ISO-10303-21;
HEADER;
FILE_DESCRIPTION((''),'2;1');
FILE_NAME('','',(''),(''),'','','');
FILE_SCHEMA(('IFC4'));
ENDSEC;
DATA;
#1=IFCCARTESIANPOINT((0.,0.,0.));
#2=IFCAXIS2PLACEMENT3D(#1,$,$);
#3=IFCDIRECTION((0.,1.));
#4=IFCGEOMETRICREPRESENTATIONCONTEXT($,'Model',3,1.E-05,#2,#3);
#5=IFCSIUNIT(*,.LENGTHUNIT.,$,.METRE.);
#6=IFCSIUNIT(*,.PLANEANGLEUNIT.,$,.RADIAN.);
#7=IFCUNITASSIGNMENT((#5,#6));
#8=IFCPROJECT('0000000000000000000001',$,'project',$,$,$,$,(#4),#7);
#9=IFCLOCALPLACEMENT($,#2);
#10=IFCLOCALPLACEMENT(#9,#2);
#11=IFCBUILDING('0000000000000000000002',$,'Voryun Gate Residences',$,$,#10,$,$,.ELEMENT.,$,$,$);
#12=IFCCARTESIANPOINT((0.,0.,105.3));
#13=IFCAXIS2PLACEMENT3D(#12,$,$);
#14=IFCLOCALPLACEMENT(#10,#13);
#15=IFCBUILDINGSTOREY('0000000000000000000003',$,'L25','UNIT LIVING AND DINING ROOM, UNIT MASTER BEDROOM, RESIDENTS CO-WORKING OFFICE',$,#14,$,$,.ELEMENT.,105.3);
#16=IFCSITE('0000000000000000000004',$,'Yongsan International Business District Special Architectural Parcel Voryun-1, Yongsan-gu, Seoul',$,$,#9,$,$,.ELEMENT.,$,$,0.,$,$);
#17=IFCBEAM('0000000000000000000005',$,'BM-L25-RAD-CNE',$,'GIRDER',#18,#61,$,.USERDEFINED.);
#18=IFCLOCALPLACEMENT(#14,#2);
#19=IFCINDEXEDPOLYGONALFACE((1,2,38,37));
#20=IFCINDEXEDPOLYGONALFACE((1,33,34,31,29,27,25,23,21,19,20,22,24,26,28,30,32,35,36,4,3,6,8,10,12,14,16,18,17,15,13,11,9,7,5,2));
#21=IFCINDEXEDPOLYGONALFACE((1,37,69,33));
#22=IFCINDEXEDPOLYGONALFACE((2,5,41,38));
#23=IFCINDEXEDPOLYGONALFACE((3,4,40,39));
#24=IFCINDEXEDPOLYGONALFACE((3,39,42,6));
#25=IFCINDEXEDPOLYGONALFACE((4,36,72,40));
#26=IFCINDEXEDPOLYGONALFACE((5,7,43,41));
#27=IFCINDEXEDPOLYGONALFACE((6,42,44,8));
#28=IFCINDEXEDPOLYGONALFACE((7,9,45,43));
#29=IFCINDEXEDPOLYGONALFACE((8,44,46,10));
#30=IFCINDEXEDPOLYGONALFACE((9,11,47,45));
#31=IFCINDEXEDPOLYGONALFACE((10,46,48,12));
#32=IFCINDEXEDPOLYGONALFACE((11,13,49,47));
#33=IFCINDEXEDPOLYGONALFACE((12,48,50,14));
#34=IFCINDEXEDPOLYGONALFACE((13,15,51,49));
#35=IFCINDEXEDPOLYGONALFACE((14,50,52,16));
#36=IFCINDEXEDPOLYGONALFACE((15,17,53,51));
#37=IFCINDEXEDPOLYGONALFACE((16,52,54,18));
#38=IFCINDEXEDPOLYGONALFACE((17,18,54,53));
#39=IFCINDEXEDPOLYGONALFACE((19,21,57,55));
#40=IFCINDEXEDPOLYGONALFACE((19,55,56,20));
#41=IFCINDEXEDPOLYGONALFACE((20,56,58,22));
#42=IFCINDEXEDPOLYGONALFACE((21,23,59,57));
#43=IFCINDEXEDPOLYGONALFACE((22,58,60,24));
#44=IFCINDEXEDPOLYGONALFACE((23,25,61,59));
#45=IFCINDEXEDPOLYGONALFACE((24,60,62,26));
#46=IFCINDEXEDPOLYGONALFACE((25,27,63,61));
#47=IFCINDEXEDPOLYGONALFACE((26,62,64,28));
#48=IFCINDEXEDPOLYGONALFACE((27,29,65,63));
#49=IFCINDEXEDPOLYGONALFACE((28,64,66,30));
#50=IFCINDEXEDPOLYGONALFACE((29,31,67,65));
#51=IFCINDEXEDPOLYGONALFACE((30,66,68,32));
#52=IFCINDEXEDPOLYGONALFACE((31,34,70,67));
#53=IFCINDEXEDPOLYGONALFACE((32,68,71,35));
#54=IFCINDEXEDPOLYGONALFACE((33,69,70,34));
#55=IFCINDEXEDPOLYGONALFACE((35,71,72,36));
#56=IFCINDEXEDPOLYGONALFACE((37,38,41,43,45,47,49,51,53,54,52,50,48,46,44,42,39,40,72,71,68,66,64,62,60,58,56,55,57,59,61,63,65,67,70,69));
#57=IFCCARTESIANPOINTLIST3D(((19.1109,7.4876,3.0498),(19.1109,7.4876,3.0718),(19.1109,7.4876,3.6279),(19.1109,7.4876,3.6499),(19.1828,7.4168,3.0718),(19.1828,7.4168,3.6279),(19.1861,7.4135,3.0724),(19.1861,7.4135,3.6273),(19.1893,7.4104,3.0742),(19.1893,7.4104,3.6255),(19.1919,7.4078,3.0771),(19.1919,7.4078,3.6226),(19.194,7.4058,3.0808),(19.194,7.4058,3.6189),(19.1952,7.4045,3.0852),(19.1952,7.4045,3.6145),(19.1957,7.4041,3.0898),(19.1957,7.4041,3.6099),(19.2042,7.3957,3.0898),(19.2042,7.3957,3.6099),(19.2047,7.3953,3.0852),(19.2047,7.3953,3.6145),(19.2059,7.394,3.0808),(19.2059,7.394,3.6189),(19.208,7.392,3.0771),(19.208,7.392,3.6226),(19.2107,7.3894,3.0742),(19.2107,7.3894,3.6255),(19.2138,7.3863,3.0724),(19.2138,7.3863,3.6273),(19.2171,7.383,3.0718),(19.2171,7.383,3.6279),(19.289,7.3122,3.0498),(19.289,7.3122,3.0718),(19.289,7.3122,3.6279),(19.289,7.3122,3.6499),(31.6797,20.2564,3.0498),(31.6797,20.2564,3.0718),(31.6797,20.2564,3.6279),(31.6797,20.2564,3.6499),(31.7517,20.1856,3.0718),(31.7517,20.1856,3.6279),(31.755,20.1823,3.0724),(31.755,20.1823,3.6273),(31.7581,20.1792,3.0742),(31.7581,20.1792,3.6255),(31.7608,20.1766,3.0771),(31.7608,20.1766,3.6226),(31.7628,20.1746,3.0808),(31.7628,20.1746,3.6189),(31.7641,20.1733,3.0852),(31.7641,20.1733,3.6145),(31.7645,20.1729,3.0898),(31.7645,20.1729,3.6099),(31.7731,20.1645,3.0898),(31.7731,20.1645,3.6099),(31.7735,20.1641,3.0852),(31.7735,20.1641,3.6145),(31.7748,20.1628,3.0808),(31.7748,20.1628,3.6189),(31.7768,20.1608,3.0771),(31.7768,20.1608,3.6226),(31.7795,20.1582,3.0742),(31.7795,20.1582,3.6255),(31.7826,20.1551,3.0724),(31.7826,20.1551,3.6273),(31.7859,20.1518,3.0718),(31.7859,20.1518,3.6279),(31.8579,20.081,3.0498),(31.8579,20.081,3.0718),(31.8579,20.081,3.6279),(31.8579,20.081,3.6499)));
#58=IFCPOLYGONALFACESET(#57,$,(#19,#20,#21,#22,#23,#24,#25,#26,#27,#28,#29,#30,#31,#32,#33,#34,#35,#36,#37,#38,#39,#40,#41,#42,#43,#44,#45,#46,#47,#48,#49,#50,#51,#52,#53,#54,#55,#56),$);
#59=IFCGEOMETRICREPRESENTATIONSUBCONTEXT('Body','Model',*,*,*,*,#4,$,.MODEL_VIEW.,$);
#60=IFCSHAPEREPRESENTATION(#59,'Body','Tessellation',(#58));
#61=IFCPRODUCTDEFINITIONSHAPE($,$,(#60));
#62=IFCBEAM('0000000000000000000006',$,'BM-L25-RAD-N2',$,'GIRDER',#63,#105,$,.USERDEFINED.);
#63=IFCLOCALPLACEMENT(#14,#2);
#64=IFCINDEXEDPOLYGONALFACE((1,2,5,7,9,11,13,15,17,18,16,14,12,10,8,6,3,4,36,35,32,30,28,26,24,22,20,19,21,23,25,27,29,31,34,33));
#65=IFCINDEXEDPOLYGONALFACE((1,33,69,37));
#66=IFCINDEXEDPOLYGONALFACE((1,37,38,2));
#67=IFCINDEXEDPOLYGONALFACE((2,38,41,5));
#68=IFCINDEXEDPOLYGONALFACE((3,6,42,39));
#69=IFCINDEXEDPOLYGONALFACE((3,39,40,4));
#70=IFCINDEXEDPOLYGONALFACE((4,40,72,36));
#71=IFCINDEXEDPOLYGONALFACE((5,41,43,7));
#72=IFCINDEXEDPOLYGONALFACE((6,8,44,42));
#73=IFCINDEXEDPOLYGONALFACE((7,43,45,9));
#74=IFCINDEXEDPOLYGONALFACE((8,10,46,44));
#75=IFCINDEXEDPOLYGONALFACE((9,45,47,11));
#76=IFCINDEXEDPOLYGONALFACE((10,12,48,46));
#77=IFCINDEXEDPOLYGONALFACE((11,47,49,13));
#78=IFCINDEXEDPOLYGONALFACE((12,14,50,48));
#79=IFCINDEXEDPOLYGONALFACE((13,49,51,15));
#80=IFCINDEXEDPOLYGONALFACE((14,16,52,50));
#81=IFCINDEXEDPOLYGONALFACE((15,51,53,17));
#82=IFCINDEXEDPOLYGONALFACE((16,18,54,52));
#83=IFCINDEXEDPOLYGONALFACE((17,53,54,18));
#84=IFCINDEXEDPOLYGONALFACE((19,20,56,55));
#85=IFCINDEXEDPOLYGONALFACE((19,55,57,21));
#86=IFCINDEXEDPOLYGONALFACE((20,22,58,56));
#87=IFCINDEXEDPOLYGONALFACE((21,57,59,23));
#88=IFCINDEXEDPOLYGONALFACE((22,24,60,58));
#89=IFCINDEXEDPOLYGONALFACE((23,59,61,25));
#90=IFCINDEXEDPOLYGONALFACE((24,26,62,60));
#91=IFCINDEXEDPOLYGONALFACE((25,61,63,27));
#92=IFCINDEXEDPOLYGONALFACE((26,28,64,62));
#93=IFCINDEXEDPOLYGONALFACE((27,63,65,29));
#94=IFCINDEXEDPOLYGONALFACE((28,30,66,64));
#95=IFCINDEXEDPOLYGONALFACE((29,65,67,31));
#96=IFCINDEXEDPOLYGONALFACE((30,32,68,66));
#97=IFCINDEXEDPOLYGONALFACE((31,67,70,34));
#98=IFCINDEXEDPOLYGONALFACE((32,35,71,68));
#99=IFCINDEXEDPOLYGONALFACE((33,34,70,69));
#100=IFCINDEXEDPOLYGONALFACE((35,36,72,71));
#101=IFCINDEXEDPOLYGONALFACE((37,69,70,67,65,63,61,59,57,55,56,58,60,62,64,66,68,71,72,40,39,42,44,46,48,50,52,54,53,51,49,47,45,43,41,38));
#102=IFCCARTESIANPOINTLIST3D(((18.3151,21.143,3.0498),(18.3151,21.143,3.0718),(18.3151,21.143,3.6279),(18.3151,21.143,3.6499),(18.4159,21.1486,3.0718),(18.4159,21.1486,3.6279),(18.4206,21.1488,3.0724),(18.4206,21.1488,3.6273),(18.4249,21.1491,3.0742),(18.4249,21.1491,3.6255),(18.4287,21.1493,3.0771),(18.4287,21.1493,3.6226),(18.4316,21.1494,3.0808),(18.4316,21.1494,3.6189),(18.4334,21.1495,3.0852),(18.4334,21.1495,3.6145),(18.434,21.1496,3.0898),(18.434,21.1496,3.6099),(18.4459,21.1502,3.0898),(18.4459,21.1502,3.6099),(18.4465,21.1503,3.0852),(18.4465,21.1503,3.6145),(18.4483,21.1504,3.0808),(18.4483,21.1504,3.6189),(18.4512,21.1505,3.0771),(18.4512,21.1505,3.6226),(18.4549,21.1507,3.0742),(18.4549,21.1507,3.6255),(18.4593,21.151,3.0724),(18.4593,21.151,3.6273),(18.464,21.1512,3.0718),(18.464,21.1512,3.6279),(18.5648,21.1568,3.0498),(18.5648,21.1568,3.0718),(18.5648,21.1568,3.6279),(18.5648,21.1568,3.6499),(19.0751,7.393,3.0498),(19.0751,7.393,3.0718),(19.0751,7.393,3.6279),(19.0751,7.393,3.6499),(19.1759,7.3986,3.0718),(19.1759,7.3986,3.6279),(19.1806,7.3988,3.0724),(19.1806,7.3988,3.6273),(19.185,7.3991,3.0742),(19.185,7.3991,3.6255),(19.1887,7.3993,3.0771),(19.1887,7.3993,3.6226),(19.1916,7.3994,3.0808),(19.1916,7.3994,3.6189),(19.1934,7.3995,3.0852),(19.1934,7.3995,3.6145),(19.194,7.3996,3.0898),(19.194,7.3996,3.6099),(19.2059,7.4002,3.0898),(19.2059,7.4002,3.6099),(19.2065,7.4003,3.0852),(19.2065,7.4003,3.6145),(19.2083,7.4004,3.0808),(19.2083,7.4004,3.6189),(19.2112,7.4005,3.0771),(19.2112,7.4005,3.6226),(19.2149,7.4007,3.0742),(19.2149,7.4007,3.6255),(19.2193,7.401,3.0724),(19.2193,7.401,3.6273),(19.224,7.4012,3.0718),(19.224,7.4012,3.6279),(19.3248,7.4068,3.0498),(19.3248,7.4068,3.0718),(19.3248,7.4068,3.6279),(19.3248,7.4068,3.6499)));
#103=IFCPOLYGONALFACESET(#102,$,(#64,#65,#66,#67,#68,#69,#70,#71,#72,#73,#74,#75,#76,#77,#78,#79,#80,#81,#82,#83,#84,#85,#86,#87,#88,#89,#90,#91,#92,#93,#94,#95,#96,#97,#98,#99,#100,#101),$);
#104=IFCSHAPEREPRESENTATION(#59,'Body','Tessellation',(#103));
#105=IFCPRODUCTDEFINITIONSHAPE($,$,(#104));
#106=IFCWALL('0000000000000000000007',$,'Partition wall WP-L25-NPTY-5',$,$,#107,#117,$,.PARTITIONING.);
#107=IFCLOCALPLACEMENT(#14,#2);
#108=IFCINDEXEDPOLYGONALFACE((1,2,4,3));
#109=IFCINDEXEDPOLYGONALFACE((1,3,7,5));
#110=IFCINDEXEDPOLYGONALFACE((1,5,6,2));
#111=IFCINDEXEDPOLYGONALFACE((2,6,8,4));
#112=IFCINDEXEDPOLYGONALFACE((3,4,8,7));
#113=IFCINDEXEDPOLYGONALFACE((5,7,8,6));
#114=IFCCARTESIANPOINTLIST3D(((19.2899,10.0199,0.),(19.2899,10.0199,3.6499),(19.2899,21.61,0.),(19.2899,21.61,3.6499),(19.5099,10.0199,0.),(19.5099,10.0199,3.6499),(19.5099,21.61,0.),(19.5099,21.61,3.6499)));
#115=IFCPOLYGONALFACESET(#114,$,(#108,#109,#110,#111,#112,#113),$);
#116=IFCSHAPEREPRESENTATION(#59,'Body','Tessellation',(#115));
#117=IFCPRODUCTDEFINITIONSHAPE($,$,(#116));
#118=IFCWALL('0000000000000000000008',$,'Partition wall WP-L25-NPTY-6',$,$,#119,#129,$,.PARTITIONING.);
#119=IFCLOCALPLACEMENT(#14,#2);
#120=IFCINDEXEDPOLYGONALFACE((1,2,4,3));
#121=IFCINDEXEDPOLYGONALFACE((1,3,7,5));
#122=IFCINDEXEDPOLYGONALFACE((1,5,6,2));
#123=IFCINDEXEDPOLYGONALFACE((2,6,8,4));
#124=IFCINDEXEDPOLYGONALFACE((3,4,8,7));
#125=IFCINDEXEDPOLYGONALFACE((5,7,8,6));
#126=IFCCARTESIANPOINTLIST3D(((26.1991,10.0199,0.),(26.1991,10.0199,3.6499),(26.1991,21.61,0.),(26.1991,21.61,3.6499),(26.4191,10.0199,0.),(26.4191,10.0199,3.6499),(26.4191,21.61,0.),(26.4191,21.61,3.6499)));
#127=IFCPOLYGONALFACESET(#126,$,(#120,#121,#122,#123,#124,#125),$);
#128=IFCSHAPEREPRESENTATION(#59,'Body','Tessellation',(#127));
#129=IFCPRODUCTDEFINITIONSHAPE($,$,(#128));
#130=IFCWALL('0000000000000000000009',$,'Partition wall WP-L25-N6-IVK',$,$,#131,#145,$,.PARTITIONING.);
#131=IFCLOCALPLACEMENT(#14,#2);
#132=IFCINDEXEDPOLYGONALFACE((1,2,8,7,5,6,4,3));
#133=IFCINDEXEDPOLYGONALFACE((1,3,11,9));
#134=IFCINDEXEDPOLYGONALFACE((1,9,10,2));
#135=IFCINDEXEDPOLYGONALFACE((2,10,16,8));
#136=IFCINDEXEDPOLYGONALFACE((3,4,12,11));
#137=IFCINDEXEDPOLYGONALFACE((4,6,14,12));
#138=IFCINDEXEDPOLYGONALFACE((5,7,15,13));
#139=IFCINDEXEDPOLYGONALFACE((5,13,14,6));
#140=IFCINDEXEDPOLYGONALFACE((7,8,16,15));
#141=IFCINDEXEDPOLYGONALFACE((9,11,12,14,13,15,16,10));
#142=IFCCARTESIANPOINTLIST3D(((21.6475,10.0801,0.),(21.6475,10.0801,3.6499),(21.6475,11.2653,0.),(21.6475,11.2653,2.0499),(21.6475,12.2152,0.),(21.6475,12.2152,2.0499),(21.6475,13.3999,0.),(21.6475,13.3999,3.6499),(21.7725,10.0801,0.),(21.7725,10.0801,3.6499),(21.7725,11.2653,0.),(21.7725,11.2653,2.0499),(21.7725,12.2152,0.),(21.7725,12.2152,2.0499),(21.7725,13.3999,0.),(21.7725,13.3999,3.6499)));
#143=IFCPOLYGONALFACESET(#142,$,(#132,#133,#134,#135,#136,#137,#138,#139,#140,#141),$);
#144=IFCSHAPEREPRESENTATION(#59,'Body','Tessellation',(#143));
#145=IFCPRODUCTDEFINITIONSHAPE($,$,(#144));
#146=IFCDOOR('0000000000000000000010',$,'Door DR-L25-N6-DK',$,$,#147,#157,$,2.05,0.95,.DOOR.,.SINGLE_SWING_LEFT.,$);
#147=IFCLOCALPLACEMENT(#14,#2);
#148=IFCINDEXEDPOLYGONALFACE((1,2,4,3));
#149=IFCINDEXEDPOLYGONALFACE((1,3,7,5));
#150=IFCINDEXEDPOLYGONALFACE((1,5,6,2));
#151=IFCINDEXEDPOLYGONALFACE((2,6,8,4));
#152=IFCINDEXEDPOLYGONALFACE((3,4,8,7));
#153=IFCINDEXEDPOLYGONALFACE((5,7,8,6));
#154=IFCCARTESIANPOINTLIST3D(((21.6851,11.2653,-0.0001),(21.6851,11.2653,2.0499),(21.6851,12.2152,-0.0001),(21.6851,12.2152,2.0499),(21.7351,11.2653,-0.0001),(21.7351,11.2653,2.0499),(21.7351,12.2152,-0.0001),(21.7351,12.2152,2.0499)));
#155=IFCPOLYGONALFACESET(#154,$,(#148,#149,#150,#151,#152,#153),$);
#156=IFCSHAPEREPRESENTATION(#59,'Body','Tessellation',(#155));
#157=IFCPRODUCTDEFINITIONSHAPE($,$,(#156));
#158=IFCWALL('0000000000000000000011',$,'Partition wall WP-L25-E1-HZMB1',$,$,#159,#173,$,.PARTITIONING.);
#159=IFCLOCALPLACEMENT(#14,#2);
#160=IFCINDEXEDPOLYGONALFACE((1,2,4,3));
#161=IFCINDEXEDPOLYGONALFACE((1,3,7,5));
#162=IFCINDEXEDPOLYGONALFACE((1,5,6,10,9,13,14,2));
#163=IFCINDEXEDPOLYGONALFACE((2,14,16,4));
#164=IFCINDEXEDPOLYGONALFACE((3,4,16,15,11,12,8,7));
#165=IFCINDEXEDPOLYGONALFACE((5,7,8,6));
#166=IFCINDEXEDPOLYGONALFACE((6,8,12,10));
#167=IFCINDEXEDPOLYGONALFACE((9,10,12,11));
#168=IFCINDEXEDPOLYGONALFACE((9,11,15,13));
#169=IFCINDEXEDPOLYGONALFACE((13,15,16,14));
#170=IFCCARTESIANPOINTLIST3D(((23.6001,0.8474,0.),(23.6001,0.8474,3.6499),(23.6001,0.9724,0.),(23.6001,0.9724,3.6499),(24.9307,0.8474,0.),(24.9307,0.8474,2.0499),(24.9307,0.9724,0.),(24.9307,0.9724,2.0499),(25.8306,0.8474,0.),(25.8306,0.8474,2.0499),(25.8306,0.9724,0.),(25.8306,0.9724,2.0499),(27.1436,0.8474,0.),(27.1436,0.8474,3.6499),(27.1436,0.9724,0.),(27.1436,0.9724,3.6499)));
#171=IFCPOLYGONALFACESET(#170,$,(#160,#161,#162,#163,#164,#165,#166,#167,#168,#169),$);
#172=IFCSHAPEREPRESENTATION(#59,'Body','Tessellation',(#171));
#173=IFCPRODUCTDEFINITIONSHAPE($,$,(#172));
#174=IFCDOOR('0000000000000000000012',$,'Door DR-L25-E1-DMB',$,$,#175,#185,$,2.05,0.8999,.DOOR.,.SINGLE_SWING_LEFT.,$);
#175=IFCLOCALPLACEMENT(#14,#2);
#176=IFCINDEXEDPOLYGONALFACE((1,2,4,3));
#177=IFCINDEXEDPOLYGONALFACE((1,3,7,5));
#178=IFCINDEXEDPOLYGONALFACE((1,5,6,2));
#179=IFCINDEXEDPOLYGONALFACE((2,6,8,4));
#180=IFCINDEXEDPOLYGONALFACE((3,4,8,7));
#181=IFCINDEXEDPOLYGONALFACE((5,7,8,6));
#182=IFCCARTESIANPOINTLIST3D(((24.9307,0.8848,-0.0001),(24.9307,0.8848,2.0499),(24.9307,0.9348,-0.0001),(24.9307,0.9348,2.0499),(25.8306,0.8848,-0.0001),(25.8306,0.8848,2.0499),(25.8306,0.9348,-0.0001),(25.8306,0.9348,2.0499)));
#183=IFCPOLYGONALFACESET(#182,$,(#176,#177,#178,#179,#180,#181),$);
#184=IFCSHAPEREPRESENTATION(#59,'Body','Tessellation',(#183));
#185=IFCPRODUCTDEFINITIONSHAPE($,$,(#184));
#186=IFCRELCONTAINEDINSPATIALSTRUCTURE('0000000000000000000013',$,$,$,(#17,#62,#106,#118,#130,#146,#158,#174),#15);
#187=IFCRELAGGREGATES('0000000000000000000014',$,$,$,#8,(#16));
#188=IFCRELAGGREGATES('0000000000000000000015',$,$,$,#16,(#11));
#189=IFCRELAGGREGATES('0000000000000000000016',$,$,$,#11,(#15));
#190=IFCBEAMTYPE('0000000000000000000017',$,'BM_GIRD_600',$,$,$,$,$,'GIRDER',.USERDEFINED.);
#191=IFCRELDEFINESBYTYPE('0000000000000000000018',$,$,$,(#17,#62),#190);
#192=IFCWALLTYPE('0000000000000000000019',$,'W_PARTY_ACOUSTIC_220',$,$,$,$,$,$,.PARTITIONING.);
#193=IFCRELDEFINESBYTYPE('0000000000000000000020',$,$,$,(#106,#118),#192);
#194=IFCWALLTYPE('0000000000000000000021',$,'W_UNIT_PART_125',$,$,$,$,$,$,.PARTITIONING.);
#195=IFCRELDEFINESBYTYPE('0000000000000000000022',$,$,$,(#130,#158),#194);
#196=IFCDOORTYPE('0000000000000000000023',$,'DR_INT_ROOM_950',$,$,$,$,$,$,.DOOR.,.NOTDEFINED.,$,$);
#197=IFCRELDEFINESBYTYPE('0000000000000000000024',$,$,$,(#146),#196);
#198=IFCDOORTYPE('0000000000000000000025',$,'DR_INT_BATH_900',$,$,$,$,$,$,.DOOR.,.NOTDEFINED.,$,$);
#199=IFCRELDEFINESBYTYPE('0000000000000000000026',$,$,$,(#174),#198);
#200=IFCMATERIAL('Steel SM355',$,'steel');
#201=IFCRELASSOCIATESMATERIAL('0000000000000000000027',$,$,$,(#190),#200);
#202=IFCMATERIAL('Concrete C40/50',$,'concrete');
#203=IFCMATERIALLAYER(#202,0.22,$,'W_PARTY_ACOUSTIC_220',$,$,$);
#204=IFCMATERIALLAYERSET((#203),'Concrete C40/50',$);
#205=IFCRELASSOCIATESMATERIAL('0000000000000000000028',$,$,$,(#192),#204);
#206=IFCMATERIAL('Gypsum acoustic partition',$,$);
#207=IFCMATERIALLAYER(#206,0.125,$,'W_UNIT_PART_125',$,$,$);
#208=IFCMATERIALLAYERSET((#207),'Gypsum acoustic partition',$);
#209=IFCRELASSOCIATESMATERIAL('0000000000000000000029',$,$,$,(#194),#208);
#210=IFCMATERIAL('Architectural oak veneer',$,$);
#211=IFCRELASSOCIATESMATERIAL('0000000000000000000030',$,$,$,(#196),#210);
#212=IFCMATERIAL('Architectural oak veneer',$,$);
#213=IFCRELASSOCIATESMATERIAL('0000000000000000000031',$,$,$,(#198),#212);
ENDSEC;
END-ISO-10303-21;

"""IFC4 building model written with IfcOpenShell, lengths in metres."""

from ifc_helpers import new_model, si_unit, direction, frame, frame_2d, origin, origin_2d, place, context, subcontext, project, spatial, rectangle, i_section, extrude, material, layer, layer_set, material_profile, profile_set, type_object, element, fill, save


model = new_model("IFC4")

# Units and contexts
model_context = context("Model", 3, precision=1e-05, world=origin(), true_north=direction((0.0, 1.0)))
body_context = subcontext(model_context, "Body", "Model", "MODEL_VIEW")
ifc_project = project(units=[si_unit("LENGTHUNIT", "METRE"), si_unit("PLANEANGLEUNIT", "RADIAN")], contexts=[model_context])

# Site, building, storey
site_placement = place(None, origin())
site = spatial("IfcSite", under=ifc_project, at=site_placement, Name="Yongsan International Business District Special Architectural Parcel Voryun-1, Yongsan-gu, Seoul", CompositionType="ELEMENT", RefElevation=0.0)
building_placement = place(site_placement, origin())
building = spatial("IfcBuilding", under=site, at=building_placement, Name="Voryun Gate Residences", CompositionType="ELEMENT")
storey_placement = place(building_placement, frame((0.0, 0.0, 105.3)))
storey = spatial("IfcBuildingStorey", under=building, at=storey_placement, Name="L25", Description="UNIT LIVING AND DINING ROOM, UNIT MASTER BEDROOM, RESIDENTS CO-WORKING OFFICE", CompositionType="ELEMENT", Elevation=105.3)

# Beams
ifc_material_1 = material(Name="Steel SM355", Category="steel")
ifc_material_profile_1 = material_profile(ifc_material_1, i_section(OverallWidth=0.25, OverallDepth=0.6001, WebThickness=0.012, FlangeThickness=0.022, FilletRadius=0.0181, at=origin_2d()), Name="H-600x250x12x22")
ifc_profile_set_1 = profile_set([ifc_material_profile_1], Name="Steel SM355")
beam_type_1 = type_object("IfcBeamType", Name="BM_GIRD_600", ElementType="GIRDER", PredefinedType="USERDEFINED", material=ifc_profile_set_1)
beam_1_placement = place(storey_placement, frame((19.2, 7.3999, 3.3499), z_axis=(0.701505, 0.712665, 0.0), x_axis=(-0.712665, 0.701505, 0.0)))
element("IfcBeam", 1, at=beam_1_placement, inside=storey, type_object=beam_type_1, Name="BM-L25-RAD-CNE", ObjectType="GIRDER", PredefinedType="USERDEFINED", context=body_context, shape_type="SweptSolid", body=[
    extrude(i_section(OverallWidth=0.25, OverallDepth=0.6001, WebThickness=0.012, FlangeThickness=0.022, FilletRadius=0.0181, at=origin_2d()), origin(), (0.0, 0.0, 1.0), 17.917),
])
beam_2_placement = place(storey_placement, frame((19.2, 7.3999, 3.3499), z_axis=(-0.055189, 0.998476, 0.0), x_axis=(-0.998476, -0.055189, 0.0)))
element("IfcBeam", 2, at=beam_2_placement, inside=storey, type_object=beam_type_1, Name="BM-L25-RAD-N2", ObjectType="GIRDER", PredefinedType="USERDEFINED", context=body_context, shape_type="SweptSolid", body=[
    extrude(i_section(OverallWidth=0.25, OverallDepth=0.6001, WebThickness=0.012, FlangeThickness=0.022, FilletRadius=0.0181, at=origin_2d()), origin(), (0.0, 0.0, 1.0), 13.771),
])

# Walls
ifc_material_2 = material(Name="Concrete C40/50", Category="concrete")
ifc_layer_1 = layer(ifc_material_2, 0.22, Name="W_PARTY_ACOUSTIC_220")
ifc_layer_set_1 = layer_set([ifc_layer_1], Name="Concrete C40/50")
wall_type_1 = type_object("IfcWallType", Name="W_PARTY_ACOUSTIC_220", PredefinedType="PARTITIONING", material=ifc_layer_set_1)
for number, where, z_axis, x_axis, name in (
    (3, (19.3999, 10.02, 0.0), (0.0, 0.0, 1.0), (0.0, 1.0, 0.0), "Partition wall WP-L25-NPTY-5"),
    (4, (26.3091, 10.02, 0.0), (0.0, 0.0, 1.0), (0.0, 1.0, 0.0), "Partition wall WP-L25-NPTY-6"),
):
    element("IfcWall", number, at=place(storey_placement, frame(where, z_axis=z_axis, x_axis=x_axis)), inside=storey, type_object=wall_type_1, Name=name, PredefinedType="PARTITIONING", context=body_context, shape_type="SweptSolid", body=[
        extrude(rectangle(XDim=11.5901, YDim=0.22, at=frame_2d((5.7949, 0.0))), origin(), (0.0, 0.0, 1.0), 3.6499),
    ])

# Walls, openings, doors
ifc_material_3 = material(Name="Gypsum acoustic partition")
ifc_layer_2 = layer(ifc_material_3, 0.125, Name="W_UNIT_PART_125")
ifc_layer_set_2 = layer_set([ifc_layer_2], Name="Gypsum acoustic partition")
wall_type_2 = type_object("IfcWallType", Name="W_UNIT_PART_125", PredefinedType="PARTITIONING", material=ifc_layer_set_2)
wall_1_placement = place(storey_placement, frame((21.71, 10.0801, 0.0), z_axis=(0.0, 0.0, 1.0), x_axis=(0.0, 1.0, 0.0)))
wall_1 = element("IfcWall", 5, at=wall_1_placement, inside=storey, type_object=wall_type_2, Name="Partition wall WP-L25-N6-IVK", PredefinedType="PARTITIONING", context=body_context, shape_type="SweptSolid", body=[
    extrude(rectangle(XDim=3.3198, YDim=0.125, at=frame_2d((1.6599, 0.0))), origin(), (0.0, 0.0, 1.0), 3.6499),
])
opening_1_placement = place(wall_1_placement, frame((1.1851, 0.0, 0.0)))
opening_1 = element("IfcOpeningElement", 6, at=opening_1_placement, cuts=wall_1, PredefinedType="OPENING", context=body_context, shape_type="SweptSolid", body=[
    extrude(rectangle(XDim=0.95, YDim=2.05, at=frame_2d((0.4751, 1.0249))), frame((0.0, 0.0725, 0.0), z_axis=(0.0, -1.0, 0.0), x_axis=(1.0, 0.0, 0.0)), (0.0, 0.0, 1.0), 0.145),
])
ifc_material_4 = material(Name="Architectural oak veneer")
door_type_1 = type_object("IfcDoorType", Name="DR_INT_ROOM_950", OperationType="NOTDEFINED", PredefinedType="DOOR", material=ifc_material_4)
door_1_placement = place(opening_1_placement, origin())
door_1 = element("IfcDoor", 7, at=door_1_placement, inside=storey, type_object=door_type_1, Name="Door DR-L25-N6-DK", OperationType="SINGLE_SWING_LEFT", OverallHeight=2.05, OverallWidth=0.95, PredefinedType="DOOR", context=body_context, shape_type="SweptSolid", body=[
    extrude(rectangle(XDim=0.95, YDim=2.05, at=frame_2d((0.4751, 1.0249))), frame((0.0, 0.0249, 0.0), z_axis=(0.0, -1.0, 0.0), x_axis=(1.0, 0.0, 0.0)), (0.0, 0.0, 1.0), 0.05),
])
fill(opening_1, door_1)
wall_2_placement = place(storey_placement, frame((23.6001, 0.9099, 0.0), z_axis=(0.0, 0.0, 1.0), x_axis=(1.0, 0.0, 0.0)))
wall_2 = element("IfcWall", 8, at=wall_2_placement, inside=storey, type_object=wall_type_2, Name="Partition wall WP-L25-E1-HZMB1", PredefinedType="PARTITIONING", context=body_context, shape_type="SweptSolid", body=[
    extrude(rectangle(XDim=3.5435, YDim=0.125, at=frame_2d((1.7717, 0.0))), origin(), (0.0, 0.0, 1.0), 3.6499),
])
opening_2_placement = place(wall_2_placement, frame((1.3306, 0.0, 0.0)))
opening_2 = element("IfcOpeningElement", 9, at=opening_2_placement, cuts=wall_2, PredefinedType="OPENING", context=body_context, shape_type="SweptSolid", body=[
    extrude(rectangle(XDim=0.8999, YDim=2.05, at=frame_2d((0.45, 1.0249))), frame((0.0, 0.0725, 0.0), z_axis=(0.0, -1.0, 0.0), x_axis=(1.0, 0.0, 0.0)), (0.0, 0.0, 1.0), 0.145),
])
ifc_material_5 = material(Name="Architectural oak veneer")
door_type_2 = type_object("IfcDoorType", Name="DR_INT_BATH_900", OperationType="NOTDEFINED", PredefinedType="DOOR", material=ifc_material_5)
door_2_placement = place(opening_2_placement, origin())
door_2 = element("IfcDoor", 10, at=door_2_placement, inside=storey, type_object=door_type_2, Name="Door DR-L25-E1-DMB", OperationType="SINGLE_SWING_LEFT", OverallHeight=2.05, OverallWidth=0.8999, PredefinedType="DOOR", context=body_context, shape_type="SweptSolid", body=[
    extrude(rectangle(XDim=0.8999, YDim=2.05, at=frame_2d((0.45, 1.0249))), frame((0.0, 0.0249, 0.0), z_axis=(0.0, -1.0, 0.0), x_axis=(1.0, 0.0, 0.0)), (0.0, 0.0, 1.0), 0.05),
])
fill(opening_2, door_2)

save(model, "model.ifc")
